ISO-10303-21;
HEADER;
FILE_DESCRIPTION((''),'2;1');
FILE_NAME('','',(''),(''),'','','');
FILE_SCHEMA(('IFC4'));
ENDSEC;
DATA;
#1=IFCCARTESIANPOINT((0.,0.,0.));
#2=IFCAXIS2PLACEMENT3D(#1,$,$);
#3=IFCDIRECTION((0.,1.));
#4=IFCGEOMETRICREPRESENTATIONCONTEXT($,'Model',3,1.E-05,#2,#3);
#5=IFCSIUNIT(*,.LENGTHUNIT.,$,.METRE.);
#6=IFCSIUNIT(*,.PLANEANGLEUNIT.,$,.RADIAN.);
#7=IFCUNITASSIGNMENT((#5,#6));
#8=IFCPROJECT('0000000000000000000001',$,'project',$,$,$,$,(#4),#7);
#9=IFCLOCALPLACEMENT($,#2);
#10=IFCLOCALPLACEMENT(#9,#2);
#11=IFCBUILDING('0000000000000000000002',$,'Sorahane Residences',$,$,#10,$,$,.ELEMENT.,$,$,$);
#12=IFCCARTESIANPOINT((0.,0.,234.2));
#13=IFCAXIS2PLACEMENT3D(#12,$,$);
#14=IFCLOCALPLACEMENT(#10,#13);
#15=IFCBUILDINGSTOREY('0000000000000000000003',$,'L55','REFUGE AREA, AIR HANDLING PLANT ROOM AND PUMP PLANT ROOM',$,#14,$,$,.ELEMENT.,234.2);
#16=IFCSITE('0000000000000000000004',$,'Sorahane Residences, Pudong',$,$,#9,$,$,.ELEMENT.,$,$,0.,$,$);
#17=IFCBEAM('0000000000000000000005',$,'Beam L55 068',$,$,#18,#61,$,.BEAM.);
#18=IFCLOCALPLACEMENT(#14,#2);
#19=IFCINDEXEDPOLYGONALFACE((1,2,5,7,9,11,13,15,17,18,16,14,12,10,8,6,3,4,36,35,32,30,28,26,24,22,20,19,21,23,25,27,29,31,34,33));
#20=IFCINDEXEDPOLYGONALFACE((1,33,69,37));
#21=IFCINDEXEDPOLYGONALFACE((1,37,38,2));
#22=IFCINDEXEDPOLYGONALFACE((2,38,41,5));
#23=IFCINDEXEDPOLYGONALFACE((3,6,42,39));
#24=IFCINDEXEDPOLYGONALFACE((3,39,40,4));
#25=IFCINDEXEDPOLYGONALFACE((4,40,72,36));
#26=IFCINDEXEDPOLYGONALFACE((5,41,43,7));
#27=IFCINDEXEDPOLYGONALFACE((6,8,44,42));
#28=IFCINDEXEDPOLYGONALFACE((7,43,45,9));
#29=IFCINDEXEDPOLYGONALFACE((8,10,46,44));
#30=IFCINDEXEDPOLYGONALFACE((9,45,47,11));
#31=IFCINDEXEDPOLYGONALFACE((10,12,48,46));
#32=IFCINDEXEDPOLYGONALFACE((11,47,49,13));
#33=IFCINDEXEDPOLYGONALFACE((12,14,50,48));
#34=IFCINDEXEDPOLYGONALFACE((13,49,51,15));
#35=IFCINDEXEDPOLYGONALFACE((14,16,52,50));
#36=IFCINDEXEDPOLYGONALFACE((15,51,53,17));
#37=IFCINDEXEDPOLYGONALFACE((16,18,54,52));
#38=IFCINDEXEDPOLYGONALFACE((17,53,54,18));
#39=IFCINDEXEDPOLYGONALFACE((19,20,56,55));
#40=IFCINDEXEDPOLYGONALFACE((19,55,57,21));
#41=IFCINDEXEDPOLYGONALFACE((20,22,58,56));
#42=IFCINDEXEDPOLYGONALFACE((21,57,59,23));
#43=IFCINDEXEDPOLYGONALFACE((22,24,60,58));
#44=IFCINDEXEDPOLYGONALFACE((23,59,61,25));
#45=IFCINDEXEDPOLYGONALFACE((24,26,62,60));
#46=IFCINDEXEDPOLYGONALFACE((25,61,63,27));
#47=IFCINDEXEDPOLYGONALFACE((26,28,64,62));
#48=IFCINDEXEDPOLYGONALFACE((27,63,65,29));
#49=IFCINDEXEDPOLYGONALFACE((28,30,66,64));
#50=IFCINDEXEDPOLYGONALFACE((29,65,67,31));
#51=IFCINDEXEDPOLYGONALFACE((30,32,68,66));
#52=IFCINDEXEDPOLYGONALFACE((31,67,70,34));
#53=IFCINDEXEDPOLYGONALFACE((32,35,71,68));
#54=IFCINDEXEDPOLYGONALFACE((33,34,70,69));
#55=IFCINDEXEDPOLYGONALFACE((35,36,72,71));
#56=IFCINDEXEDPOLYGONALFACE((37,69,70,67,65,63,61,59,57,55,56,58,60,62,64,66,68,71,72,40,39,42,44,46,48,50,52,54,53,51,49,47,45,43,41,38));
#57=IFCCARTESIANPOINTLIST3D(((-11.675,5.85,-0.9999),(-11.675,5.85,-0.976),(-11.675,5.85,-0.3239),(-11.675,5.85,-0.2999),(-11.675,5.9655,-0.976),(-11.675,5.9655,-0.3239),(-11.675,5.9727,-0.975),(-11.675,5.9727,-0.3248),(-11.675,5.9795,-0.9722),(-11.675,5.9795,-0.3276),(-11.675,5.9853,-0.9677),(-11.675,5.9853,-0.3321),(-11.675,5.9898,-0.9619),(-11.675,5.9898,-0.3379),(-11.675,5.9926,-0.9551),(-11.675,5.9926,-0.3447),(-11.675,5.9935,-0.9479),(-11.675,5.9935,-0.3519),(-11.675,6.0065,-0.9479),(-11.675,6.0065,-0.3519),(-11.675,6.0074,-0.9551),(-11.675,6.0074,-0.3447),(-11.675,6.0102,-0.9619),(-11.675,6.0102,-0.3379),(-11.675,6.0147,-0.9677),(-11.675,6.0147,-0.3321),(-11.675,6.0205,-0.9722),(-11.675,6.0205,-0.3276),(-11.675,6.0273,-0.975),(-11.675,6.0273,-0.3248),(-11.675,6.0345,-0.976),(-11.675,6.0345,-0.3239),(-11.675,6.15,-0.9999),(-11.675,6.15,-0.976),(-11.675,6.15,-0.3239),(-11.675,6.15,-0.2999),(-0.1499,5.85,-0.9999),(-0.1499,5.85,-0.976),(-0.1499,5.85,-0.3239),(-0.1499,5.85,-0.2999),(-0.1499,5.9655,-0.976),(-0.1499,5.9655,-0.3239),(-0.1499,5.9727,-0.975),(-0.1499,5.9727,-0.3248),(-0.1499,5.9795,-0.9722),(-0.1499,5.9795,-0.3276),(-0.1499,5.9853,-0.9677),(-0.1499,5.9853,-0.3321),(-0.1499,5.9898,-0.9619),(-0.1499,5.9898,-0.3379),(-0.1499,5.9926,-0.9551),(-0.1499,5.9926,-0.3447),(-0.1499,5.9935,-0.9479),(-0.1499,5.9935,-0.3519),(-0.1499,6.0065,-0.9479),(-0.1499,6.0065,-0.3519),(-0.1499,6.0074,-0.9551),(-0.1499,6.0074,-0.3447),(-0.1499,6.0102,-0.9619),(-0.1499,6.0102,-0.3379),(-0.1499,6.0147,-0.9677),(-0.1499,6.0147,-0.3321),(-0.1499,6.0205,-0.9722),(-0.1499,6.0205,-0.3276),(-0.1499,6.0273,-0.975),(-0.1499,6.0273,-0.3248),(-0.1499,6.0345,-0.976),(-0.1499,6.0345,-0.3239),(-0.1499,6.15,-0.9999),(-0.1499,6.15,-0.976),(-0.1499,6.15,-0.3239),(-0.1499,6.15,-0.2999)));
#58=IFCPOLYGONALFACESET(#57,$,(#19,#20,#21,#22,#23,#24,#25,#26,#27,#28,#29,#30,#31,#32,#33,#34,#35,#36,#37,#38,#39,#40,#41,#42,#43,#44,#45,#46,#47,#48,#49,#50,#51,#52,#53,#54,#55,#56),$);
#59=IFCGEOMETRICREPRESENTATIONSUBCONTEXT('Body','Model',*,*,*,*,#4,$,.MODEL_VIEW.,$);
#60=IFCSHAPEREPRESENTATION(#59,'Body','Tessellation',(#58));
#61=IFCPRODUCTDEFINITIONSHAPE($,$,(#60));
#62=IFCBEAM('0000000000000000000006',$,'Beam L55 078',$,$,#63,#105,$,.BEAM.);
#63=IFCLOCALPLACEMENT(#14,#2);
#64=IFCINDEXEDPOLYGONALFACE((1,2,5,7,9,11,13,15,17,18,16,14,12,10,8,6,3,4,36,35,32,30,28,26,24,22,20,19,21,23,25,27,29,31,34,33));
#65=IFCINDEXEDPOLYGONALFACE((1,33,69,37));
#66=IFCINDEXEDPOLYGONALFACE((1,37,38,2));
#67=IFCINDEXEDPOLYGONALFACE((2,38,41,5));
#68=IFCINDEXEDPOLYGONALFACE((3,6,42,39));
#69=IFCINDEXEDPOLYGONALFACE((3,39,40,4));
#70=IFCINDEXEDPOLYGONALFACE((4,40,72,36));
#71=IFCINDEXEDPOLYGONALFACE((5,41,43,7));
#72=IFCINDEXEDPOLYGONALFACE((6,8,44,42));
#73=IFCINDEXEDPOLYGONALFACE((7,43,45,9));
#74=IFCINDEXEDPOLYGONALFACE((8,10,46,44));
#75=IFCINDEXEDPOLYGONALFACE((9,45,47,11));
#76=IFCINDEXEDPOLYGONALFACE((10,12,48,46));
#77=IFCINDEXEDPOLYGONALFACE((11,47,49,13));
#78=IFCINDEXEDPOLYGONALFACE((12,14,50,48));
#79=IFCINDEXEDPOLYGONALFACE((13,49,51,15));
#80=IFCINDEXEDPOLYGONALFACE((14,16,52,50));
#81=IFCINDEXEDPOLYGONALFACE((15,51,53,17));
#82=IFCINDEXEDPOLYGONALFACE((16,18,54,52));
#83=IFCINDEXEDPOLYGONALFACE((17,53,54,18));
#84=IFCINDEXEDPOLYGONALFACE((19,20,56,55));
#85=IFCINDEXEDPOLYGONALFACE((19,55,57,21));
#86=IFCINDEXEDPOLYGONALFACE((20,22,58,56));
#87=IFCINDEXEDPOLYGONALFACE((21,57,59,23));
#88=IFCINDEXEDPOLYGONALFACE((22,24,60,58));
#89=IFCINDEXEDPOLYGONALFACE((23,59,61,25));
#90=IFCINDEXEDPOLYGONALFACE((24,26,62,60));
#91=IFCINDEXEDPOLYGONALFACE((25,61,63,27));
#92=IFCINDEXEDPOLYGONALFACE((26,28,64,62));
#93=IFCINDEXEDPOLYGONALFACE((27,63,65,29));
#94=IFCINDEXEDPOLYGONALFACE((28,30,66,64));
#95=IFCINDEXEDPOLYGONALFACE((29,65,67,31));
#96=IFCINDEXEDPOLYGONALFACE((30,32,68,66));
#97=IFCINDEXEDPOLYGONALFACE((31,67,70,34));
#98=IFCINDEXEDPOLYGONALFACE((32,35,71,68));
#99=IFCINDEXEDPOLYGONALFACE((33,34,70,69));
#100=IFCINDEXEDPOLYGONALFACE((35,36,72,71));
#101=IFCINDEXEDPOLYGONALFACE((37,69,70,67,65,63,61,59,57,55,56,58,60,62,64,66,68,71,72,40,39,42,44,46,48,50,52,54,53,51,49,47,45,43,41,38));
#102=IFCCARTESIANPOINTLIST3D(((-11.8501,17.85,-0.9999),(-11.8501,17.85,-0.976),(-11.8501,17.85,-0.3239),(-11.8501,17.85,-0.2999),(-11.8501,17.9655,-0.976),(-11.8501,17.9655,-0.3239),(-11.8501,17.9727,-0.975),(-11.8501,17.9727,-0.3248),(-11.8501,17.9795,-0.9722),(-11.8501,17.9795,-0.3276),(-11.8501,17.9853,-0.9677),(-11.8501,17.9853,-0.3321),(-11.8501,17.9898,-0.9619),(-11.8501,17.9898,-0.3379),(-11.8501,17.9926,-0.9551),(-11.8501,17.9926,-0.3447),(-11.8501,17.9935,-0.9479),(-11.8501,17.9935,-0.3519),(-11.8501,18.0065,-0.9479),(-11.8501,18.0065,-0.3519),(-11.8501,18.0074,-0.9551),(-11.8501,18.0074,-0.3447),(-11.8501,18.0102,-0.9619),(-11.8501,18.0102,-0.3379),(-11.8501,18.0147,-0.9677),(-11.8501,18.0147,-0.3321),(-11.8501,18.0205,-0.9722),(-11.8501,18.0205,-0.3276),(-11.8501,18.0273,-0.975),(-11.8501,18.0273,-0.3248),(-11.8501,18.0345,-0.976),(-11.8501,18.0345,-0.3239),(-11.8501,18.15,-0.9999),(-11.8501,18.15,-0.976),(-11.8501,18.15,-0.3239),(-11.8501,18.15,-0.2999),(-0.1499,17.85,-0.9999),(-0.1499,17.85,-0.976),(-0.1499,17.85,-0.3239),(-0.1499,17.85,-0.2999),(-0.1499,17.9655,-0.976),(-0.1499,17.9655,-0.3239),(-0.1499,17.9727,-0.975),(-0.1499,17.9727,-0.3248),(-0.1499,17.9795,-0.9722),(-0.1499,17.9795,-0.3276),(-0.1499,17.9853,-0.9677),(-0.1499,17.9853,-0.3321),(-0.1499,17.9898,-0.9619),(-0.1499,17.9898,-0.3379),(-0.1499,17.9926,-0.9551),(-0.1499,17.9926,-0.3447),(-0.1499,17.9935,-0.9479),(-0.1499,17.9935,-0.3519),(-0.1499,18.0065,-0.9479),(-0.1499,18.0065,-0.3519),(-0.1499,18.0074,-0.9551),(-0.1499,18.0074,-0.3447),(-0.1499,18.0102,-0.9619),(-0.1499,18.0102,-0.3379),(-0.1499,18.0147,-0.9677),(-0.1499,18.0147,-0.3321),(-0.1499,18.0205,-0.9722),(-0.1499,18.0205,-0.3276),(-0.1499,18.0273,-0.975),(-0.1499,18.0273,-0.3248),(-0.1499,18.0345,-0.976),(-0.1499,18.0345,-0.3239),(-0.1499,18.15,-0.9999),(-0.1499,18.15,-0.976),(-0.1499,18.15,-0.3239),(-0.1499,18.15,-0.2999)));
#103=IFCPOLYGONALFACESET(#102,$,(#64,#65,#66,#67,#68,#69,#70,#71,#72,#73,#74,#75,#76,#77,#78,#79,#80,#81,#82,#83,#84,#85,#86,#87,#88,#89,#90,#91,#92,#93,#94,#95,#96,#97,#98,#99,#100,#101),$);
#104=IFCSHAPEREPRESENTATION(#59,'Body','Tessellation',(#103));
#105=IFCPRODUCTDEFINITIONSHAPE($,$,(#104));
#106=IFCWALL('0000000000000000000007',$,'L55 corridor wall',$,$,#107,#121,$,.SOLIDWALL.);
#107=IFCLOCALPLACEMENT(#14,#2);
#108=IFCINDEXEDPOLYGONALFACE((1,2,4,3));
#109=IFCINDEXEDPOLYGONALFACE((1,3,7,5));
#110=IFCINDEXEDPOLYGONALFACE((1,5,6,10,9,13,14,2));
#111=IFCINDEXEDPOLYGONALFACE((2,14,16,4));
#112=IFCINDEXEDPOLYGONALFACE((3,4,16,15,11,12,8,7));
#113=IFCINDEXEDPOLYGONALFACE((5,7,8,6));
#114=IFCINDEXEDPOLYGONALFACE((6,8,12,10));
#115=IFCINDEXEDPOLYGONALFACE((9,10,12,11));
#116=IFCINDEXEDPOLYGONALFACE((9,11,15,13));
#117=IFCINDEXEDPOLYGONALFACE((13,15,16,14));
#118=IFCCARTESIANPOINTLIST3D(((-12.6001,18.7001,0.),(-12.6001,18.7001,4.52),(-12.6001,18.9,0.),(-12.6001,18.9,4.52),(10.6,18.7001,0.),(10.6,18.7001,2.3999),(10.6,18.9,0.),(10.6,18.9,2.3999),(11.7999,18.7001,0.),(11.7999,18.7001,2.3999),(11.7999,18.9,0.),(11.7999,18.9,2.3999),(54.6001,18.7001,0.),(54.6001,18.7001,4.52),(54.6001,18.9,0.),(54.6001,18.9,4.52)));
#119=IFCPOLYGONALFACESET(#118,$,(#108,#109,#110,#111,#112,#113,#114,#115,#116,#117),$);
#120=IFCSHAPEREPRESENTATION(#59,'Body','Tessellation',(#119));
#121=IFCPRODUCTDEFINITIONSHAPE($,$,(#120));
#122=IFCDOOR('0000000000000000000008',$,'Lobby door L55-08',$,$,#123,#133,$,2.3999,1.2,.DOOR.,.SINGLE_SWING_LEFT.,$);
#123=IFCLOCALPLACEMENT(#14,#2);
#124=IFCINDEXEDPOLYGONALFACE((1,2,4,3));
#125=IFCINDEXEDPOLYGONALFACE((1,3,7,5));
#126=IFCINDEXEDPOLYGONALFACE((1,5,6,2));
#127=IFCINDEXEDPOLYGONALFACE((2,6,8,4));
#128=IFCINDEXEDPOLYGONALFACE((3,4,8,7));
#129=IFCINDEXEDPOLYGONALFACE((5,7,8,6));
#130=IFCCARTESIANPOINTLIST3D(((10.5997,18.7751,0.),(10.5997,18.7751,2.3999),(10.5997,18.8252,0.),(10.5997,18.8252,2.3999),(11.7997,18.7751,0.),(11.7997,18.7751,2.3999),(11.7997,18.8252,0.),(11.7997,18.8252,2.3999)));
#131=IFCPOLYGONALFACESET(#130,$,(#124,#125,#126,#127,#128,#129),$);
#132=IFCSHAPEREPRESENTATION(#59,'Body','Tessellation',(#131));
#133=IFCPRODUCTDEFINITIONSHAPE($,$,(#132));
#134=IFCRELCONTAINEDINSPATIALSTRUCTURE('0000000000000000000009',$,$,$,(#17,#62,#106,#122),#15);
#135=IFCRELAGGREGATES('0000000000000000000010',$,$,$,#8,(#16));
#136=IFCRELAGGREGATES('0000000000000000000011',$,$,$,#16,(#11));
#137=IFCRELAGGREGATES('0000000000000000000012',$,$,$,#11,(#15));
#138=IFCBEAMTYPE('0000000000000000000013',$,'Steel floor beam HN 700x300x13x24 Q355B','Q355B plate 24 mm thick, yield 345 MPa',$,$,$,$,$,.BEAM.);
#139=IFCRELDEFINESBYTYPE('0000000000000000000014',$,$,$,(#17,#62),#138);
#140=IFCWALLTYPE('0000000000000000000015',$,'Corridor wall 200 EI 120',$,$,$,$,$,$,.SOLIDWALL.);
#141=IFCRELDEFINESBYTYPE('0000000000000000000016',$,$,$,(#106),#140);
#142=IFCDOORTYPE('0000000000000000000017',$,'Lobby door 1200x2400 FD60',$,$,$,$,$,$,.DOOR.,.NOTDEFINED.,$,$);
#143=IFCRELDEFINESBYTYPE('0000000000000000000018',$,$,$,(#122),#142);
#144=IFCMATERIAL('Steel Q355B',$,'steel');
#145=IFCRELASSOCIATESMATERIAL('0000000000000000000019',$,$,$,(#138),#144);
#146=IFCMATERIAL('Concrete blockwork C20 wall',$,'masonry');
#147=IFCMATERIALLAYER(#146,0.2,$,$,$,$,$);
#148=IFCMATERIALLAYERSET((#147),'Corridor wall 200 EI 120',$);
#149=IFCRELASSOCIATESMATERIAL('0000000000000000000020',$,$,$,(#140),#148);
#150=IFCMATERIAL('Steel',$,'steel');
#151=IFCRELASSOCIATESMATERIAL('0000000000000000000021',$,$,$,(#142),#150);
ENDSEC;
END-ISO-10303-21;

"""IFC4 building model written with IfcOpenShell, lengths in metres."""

from ifc_helpers import new_model, si_unit, direction, frame, frame_2d, origin, origin_2d, place, context, subcontext, project, spatial, rectangle, i_section, extrude, material, layer, layer_set, material_profile, profile_set, type_object, element, fill, save


model = new_model("IFC4")

# Units and contexts
model_context = context("Model", 3, precision=1e-05, world=origin(), true_north=direction((0.0, 1.0)))
body_context = subcontext(model_context, "Body", "Model", "MODEL_VIEW")
ifc_project = project(units=[si_unit("LENGTHUNIT", "METRE"), si_unit("PLANEANGLEUNIT", "RADIAN")], contexts=[model_context])

# Site, building, storey
site_placement = place(None, origin())
site = spatial("IfcSite", under=ifc_project, at=site_placement, Name="Sorahane Residences, Pudong", CompositionType="ELEMENT", RefElevation=0.0)
building_placement = place(site_placement, origin())
building = spatial("IfcBuilding", under=site, at=building_placement, Name="Sorahane Residences", CompositionType="ELEMENT")
storey_placement = place(building_placement, frame((0.0, 0.0, 234.2)))
storey = spatial("IfcBuildingStorey", under=building, at=storey_placement, Name="L55", Description="REFUGE AREA, AIR HANDLING PLANT ROOM AND PUMP PLANT ROOM", CompositionType="ELEMENT", Elevation=234.2)

# Beams
ifc_material_1 = material(Name="Steel Q355B", Category="steel")
ifc_material_profile_1 = material_profile(ifc_material_1, i_section(OverallWidth=0.3, OverallDepth=0.7, WebThickness=0.0129, FlangeThickness=0.0239, FilletRadius=0.0281, at=origin_2d()), Name="HN 700x300x13x24")
ifc_profile_set_1 = profile_set([ifc_material_profile_1], Name="Steel Q355B")
beam_type_1 = type_object("IfcBeamType", Name="Steel floor beam HN 700x300x13x24 Q355B", Description="Q355B plate 24 mm thick, yield 345 MPa", PredefinedType="BEAM", material=ifc_profile_set_1)
beam_1_placement = place(storey_placement, frame((-11.675, 6.0, -0.6499), z_axis=(1.0, 0.0, 0.0), x_axis=(0.0, 1.0, 0.0)))
element("IfcBeam", 1, at=beam_1_placement, inside=storey, type_object=beam_type_1, Name="Beam L55 068", PredefinedType="BEAM", context=body_context, shape_type="SweptSolid", body=[
    extrude(i_section(OverallWidth=0.3, OverallDepth=0.7, WebThickness=0.0129, FlangeThickness=0.0239, FilletRadius=0.0281, at=origin_2d()), origin(), (0.0, 0.0, 1.0), 11.5251),
])
beam_2_placement = place(storey_placement, frame((-11.8501, 18.0, -0.6499), z_axis=(1.0, 0.0, 0.0), x_axis=(0.0, 1.0, 0.0)))
element("IfcBeam", 2, at=beam_2_placement, inside=storey, type_object=beam_type_1, Name="Beam L55 078", PredefinedType="BEAM", context=body_context, shape_type="SweptSolid", body=[
    extrude(i_section(OverallWidth=0.3, OverallDepth=0.7, WebThickness=0.0129, FlangeThickness=0.0239, FilletRadius=0.0281, at=origin_2d()), origin(), (0.0, 0.0, 1.0), 11.7002),
])

# Wall, opening, door
ifc_material_2 = material(Name="Concrete blockwork C20 wall", Category="masonry")
ifc_layer_1 = layer(ifc_material_2, 0.2)
ifc_layer_set_1 = layer_set([ifc_layer_1], Name="Corridor wall 200 EI 120")
wall_type_1 = type_object("IfcWallType", Name="Corridor wall 200 EI 120", PredefinedType="SOLIDWALL", material=ifc_layer_set_1)
wall_1_placement = place(storey_placement, frame((-12.6001, 18.8, 0.0), z_axis=(0.0, 0.0, 1.0), x_axis=(1.0, 0.0, 0.0)))
wall_1 = element("IfcWall", 3, at=wall_1_placement, inside=storey, type_object=wall_type_1, Name="L55 corridor wall", PredefinedType="SOLIDWALL", context=body_context, shape_type="SweptSolid", body=[
    extrude(rectangle(XDim=67.2002, YDim=0.2, at=frame_2d((33.6001, 0.0))), origin(), (0.0, 0.0, 1.0), 4.52),
])
opening_1_placement = place(wall_1_placement, frame((23.2, 0.0, 0.0)))
opening_1 = element("IfcOpeningElement", 4, at=opening_1_placement, cuts=wall_1, PredefinedType="OPENING", context=body_context, shape_type="SweptSolid", body=[
    extrude(rectangle(XDim=1.2, YDim=2.3999, at=frame_2d((0.6001, 1.2))), frame((0.0, 0.1099, 0.0), z_axis=(0.0, -1.0, 0.0), x_axis=(1.0, 0.0, 0.0)), (0.0, 0.0, 1.0), 0.22),
])
ifc_material_3 = material(Name="Steel", Category="steel")
door_type_1 = type_object("IfcDoorType", Name="Lobby door 1200x2400 FD60", OperationType="NOTDEFINED", PredefinedType="DOOR", material=ifc_material_3)
door_1_placement = place(opening_1_placement, frame((1.2, 0.0, 0.0), z_axis=(0.0, 0.0, 1.0), x_axis=(-1.0, 0.0, 0.0)))
door_1 = element("IfcDoor", 5, at=door_1_placement, inside=storey, type_object=door_type_1, Name="Lobby door L55-08", OperationType="SINGLE_SWING_LEFT", OverallHeight=2.3999, OverallWidth=1.2, PredefinedType="DOOR", context=body_context, shape_type="SweptSolid", body=[
    extrude(rectangle(XDim=1.2, YDim=2.3999, at=frame_2d((0.6001, 1.2))), frame((0.0, 0.0249, 0.0), z_axis=(0.0, -1.0, 0.0), x_axis=(1.0, 0.0, 0.0)), (0.0, 0.0, 1.0), 0.05),
])
fill(opening_1, door_1)

save(model, "model.ifc")
